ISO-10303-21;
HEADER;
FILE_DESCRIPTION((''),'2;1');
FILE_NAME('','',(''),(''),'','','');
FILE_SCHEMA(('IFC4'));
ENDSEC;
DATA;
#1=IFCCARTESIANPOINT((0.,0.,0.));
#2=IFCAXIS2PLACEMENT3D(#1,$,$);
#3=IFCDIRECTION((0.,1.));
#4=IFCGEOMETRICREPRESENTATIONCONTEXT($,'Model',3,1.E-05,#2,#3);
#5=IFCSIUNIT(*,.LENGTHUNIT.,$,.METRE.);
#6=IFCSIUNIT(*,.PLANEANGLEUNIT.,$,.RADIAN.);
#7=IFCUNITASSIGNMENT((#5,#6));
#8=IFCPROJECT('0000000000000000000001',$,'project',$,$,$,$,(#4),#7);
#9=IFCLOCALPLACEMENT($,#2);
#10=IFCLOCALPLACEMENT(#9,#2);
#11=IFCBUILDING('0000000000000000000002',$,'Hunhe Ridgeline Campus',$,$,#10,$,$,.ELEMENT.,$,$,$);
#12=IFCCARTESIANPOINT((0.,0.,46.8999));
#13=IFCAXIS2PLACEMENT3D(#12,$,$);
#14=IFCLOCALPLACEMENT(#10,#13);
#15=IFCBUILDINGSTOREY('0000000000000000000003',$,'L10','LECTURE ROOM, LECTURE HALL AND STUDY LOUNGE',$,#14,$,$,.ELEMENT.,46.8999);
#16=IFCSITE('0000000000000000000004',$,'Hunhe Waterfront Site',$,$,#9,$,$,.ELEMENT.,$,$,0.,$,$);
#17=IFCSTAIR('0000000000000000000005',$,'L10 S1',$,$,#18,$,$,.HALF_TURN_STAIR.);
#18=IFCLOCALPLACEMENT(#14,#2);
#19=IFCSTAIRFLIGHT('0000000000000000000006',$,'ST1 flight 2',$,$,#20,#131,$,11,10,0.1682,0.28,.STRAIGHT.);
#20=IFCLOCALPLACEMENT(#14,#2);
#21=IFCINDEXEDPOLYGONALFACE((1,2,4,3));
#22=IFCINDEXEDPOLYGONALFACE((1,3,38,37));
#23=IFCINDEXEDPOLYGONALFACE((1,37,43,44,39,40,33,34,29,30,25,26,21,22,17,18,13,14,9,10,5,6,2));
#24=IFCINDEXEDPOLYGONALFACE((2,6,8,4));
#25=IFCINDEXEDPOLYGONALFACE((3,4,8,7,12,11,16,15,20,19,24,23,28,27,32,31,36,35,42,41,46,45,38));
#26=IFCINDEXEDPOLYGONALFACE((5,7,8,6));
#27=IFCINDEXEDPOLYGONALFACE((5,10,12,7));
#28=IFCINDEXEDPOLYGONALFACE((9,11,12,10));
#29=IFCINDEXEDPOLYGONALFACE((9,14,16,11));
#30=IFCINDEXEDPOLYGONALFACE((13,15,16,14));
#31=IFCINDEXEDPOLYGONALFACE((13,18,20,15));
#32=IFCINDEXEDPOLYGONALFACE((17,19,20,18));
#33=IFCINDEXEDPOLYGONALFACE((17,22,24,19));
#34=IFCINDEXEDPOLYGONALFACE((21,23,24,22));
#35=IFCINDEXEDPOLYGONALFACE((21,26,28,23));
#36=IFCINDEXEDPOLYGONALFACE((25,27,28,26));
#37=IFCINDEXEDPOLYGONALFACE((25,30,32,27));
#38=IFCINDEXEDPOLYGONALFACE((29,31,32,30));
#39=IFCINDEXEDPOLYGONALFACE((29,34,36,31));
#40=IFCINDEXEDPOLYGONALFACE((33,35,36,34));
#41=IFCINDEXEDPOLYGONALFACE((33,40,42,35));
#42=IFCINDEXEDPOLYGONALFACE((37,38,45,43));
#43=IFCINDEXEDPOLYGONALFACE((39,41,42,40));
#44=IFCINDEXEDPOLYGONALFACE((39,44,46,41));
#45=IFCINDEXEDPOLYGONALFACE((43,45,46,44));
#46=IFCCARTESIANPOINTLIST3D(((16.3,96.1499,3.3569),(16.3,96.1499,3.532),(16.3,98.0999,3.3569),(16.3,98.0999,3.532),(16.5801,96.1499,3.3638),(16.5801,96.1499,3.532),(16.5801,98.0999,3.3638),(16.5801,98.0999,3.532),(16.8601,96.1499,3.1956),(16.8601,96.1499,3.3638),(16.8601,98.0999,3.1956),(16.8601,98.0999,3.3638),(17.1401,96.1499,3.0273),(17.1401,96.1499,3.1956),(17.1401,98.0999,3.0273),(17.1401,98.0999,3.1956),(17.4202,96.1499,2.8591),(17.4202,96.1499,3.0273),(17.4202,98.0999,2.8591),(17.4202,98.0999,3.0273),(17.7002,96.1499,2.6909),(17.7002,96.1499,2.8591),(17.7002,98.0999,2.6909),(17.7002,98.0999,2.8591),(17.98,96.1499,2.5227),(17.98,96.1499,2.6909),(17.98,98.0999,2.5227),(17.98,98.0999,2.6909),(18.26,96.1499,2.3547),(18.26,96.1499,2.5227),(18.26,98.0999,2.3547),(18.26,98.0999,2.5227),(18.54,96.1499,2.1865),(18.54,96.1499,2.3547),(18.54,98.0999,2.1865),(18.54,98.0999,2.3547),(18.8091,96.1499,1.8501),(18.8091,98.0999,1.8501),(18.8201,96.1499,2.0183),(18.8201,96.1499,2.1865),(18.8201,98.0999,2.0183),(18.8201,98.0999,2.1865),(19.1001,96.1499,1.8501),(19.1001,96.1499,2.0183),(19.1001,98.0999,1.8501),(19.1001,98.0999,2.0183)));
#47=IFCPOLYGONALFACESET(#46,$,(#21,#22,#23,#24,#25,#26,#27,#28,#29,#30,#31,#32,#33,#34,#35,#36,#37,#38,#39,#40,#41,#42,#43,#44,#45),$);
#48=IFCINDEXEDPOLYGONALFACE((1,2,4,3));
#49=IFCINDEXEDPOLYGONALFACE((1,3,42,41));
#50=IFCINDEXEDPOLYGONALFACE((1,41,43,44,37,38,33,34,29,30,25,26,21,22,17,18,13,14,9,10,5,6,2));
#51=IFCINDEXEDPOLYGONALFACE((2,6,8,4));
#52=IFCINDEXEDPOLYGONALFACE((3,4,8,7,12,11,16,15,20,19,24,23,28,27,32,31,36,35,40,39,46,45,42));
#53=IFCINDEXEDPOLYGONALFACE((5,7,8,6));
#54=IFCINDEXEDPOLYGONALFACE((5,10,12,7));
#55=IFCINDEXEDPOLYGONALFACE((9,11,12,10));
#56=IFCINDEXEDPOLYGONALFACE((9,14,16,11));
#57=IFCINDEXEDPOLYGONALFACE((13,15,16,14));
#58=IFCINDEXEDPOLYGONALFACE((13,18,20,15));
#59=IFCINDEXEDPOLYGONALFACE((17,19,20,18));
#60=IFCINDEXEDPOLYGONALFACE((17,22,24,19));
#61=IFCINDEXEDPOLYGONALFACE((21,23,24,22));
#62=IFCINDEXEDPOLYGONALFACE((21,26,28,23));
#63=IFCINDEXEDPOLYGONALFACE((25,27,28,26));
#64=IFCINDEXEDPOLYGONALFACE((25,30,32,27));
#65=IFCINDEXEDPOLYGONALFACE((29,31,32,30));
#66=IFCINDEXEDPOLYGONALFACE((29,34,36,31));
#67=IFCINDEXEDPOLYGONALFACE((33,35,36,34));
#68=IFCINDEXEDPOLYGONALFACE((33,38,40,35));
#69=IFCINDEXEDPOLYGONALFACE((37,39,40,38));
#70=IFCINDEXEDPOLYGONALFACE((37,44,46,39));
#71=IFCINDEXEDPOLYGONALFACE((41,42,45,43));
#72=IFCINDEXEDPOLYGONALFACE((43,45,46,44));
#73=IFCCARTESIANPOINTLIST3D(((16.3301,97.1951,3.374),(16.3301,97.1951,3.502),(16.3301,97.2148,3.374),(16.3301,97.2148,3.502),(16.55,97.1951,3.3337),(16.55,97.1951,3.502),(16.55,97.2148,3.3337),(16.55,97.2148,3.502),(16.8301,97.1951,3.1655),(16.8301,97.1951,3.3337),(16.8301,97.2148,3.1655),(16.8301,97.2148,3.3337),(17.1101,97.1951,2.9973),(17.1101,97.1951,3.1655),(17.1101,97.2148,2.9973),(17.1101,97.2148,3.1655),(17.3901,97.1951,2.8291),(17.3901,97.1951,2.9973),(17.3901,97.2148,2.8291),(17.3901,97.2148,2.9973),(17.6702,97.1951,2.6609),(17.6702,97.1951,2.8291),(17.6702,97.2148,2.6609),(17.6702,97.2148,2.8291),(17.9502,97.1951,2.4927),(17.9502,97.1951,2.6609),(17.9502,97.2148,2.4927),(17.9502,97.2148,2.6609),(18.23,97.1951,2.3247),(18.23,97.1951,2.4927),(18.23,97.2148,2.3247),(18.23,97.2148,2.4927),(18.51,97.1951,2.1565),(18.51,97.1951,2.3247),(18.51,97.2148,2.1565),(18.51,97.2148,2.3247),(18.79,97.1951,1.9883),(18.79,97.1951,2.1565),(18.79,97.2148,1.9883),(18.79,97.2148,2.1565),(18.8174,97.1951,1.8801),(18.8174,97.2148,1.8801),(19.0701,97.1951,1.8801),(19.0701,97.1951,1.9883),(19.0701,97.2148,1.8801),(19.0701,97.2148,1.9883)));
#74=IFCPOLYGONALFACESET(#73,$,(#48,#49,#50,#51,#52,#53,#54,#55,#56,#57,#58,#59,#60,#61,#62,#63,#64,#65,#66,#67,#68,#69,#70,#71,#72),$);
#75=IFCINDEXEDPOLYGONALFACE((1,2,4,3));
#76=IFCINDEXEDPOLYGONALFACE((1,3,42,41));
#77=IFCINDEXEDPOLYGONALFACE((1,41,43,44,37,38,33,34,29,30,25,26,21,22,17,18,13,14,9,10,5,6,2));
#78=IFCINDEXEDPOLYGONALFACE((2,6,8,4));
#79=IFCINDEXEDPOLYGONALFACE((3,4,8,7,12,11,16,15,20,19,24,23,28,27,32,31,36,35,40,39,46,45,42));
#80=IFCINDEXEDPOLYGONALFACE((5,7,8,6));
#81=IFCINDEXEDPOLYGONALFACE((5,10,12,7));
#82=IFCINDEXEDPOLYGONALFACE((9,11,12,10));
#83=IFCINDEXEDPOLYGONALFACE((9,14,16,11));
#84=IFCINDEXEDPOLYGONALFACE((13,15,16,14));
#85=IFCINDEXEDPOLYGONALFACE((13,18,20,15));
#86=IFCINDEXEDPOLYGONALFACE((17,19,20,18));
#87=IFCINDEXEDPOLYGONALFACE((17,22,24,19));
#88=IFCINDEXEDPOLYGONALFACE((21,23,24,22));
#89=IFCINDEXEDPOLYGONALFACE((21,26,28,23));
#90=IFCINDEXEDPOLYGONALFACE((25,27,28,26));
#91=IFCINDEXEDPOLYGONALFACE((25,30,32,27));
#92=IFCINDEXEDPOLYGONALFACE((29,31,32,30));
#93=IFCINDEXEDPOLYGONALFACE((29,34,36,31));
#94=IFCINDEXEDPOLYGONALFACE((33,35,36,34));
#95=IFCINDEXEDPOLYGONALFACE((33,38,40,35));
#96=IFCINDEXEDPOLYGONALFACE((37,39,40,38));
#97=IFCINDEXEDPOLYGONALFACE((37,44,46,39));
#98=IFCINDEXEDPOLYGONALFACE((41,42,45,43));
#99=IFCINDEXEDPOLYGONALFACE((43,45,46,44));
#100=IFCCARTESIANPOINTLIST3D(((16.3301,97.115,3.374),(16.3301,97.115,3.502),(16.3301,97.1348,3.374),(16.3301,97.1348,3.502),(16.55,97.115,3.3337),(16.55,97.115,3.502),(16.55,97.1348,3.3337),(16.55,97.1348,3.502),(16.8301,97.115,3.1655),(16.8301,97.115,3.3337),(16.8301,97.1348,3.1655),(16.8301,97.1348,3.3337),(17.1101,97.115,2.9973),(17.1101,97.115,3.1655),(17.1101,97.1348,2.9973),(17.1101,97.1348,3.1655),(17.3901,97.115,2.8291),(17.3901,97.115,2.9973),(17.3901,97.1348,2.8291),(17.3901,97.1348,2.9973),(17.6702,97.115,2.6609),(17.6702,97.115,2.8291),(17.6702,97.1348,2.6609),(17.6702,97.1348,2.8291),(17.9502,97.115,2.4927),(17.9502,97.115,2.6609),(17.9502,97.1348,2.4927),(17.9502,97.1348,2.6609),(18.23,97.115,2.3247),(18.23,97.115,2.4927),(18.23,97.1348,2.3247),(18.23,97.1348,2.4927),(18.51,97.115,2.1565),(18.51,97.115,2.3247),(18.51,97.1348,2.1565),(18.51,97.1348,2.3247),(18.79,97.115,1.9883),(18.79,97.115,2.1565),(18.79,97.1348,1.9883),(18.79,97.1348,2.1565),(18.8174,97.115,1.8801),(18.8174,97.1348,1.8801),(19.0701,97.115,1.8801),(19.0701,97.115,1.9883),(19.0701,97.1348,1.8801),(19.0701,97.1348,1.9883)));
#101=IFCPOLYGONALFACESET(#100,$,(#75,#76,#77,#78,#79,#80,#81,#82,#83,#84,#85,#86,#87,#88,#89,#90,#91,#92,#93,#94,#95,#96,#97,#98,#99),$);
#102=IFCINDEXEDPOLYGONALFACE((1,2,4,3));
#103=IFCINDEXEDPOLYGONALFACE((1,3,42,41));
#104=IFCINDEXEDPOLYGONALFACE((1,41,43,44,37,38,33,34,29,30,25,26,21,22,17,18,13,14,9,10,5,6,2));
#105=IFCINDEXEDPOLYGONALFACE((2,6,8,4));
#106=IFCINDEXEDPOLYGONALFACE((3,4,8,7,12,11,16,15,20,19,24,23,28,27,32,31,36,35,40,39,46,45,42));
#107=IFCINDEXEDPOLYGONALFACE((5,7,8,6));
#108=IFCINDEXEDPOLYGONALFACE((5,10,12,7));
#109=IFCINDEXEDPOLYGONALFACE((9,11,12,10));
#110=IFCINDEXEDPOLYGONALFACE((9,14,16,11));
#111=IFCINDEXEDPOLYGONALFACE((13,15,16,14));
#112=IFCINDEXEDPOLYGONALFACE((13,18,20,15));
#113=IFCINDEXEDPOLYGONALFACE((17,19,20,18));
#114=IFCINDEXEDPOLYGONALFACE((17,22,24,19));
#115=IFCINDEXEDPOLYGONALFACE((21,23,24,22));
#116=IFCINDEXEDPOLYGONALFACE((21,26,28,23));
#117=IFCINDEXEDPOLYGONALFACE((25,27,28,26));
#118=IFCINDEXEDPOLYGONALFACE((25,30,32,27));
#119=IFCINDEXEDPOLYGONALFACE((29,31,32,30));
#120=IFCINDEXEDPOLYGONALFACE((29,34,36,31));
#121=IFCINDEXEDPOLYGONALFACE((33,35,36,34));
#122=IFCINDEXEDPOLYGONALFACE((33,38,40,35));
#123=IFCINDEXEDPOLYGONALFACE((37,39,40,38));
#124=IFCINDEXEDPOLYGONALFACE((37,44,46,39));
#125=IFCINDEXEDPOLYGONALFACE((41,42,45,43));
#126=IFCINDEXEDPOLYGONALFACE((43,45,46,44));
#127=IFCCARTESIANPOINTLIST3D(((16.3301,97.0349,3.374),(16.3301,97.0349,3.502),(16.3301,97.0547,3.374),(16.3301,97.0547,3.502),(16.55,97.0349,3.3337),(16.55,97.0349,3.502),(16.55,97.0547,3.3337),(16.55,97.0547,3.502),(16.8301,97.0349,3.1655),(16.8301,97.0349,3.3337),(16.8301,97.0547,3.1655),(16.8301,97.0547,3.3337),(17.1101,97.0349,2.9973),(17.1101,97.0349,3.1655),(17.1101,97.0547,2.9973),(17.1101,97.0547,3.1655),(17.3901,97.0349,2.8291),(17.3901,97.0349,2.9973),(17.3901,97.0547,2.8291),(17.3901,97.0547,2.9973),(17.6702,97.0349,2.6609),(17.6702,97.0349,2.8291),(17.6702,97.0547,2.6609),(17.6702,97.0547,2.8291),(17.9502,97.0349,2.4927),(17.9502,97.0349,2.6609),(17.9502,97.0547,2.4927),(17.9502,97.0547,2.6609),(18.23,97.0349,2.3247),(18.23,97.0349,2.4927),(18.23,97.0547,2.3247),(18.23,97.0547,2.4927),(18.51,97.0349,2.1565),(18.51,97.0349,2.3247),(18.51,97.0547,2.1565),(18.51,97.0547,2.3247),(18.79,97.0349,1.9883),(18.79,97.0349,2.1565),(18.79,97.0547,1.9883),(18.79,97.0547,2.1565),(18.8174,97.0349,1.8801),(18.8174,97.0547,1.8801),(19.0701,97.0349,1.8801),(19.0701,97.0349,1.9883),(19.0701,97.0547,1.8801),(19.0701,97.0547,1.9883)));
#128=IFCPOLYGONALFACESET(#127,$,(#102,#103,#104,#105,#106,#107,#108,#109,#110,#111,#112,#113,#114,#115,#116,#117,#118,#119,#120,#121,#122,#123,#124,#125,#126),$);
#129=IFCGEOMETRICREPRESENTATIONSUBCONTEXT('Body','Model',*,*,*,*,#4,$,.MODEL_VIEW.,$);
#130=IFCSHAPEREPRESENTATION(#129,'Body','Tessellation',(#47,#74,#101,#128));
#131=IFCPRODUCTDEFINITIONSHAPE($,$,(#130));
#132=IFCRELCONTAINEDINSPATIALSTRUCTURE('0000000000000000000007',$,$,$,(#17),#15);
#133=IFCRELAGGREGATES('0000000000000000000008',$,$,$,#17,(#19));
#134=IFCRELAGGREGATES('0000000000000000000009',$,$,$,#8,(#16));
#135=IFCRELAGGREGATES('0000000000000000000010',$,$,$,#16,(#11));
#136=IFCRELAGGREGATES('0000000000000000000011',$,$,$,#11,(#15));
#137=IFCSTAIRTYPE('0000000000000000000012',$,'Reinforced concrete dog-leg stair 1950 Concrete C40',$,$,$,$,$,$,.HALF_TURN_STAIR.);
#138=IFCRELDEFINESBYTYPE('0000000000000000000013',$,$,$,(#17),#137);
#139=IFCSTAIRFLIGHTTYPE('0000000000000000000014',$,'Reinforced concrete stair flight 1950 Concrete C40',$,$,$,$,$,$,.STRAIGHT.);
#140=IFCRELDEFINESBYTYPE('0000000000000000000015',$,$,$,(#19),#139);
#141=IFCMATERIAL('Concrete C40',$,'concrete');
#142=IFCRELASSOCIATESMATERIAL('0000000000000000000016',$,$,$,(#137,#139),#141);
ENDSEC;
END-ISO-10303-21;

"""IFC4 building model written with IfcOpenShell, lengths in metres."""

from ifc_helpers import new_model, si_unit, direction, frame, origin, place, context, subcontext, project, spatial, polyline, outline, extrude, material, type_object, element, aggregate, save


model = new_model("IFC4")

# Units and contexts
model_context = context("Model", 3, precision=1e-05, world=origin(), true_north=direction((0.0, 1.0)))
body_context = subcontext(model_context, "Body", "Model", "MODEL_VIEW")
ifc_project = project(units=[si_unit("LENGTHUNIT", "METRE"), si_unit("PLANEANGLEUNIT", "RADIAN")], contexts=[model_context])

# Site, building, storey
site_placement = place(None, origin())
site = spatial("IfcSite", under=ifc_project, at=site_placement, Name="Hunhe Waterfront Site", CompositionType="ELEMENT", RefElevation=0.0)
building_placement = place(site_placement, origin())
building = spatial("IfcBuilding", under=site, at=building_placement, Name="Hunhe Ridgeline Campus", CompositionType="ELEMENT")
storey_placement = place(building_placement, frame((0.0, 0.0, 46.8999)))
storey = spatial("IfcBuildingStorey", under=building, at=storey_placement, Name="L10", Description="LECTURE ROOM, LECTURE HALL AND STUDY LOUNGE", CompositionType="ELEMENT", Elevation=46.8999)

# Stair, stair flight
ifc_material_1 = material(Name="Concrete C40", Category="concrete")
stair_type = type_object("IfcStairType", Name="Reinforced concrete dog-leg stair 1950 Concrete C40", PredefinedType="HALF_TURN_STAIR", material=ifc_material_1)
stair_placement = place(storey_placement, origin())
stair = element("IfcStair", 1, at=stair_placement, inside=storey, type_object=stair_type, Name="L10 S1", PredefinedType="HALF_TURN_STAIR")
stair_flight_type = type_object("IfcStairFlightType", Name="Reinforced concrete stair flight 1950 Concrete C40", PredefinedType="STRAIGHT", material=ifc_material_1)
stair_flight_1_placement = place(storey_placement, frame((19.1001, 97.125, 1.8501), z_axis=(0.0, 0.0, 1.0), x_axis=(-1.0, 0.0, 0.0)))
stair_flight_1 = element("IfcStairFlight", 2, at=stair_flight_1_placement, type_object=stair_flight_type, Name="ST1 flight 2", NumberOfRisers=11, NumberOfTreads=10, PredefinedType="STRAIGHT", RiserHeight=0.1682, TreadLength=0.28, context=body_context, shape_type="SweptSolid", body=[
    extrude(outline(polyline([(0.0, 0.0), (0.0, 0.1682), (0.28, 0.1682), (0.28, 0.3364), (0.5601, 0.3364), (0.5601, 0.5046), (0.8401, 0.5046), (0.8401, 0.6726), (1.1201, 0.6726), (1.1201, 0.8408), (1.3999, 0.8408), (1.3999, 1.009), (1.6799, 1.009), (1.6799, 1.1772), (1.96, 1.1772), (1.96, 1.3455), (2.24, 1.3455), (2.24, 1.5137), (2.52, 1.5137), (2.52, 1.6819), (2.8, 1.6819), (2.8, 1.8501), (2.8, 1.5068), (0.291, 0.0), (0.0, 0.0)])), frame((0.0, 0.9751, 0.0), z_axis=(0.0, -1.0, 0.0), x_axis=(1.0, 0.0, 0.0)), (0.0, 0.0, 1.0), 1.95),
    extrude(outline(polyline([(0.03, 0.03), (0.03, 0.1382), (0.3101, 0.1382), (0.3101, 0.3064), (0.5901, 0.3064), (0.5901, 0.4746), (0.8701, 0.4746), (0.8701, 0.6426), (1.1499, 0.6426), (1.1499, 0.8108), (1.4299, 0.8108), (1.4299, 0.979), (1.71, 0.979), (1.71, 1.1472), (1.99, 1.1472), (1.99, 1.3154), (2.27, 1.3154), (2.27, 1.4836), (2.55, 1.4836), (2.55, 1.6519), (2.77, 1.6519), (2.77, 1.5239), (0.2827, 0.03), (0.03, 0.03)])), frame((0.0, -0.0701, 0.0), z_axis=(0.0, -1.0, 0.0), x_axis=(1.0, 0.0, 0.0)), (0.0, 0.0, 1.0), 0.0198),
    extrude(outline(polyline([(0.03, 0.03), (0.03, 0.1382), (0.3101, 0.1382), (0.3101, 0.3064), (0.5901, 0.3064), (0.5901, 0.4746), (0.8701, 0.4746), (0.8701, 0.6426), (1.1499, 0.6426), (1.1499, 0.8108), (1.4299, 0.8108), (1.4299, 0.979), (1.71, 0.979), (1.71, 1.1472), (1.99, 1.1472), (1.99, 1.3154), (2.27, 1.3154), (2.27, 1.4836), (2.55, 1.4836), (2.55, 1.6519), (2.77, 1.6519), (2.77, 1.5239), (0.2827, 0.03), (0.03, 0.03)])), frame((0.0, 0.01, 0.0), z_axis=(0.0, -1.0, 0.0), x_axis=(1.0, 0.0, 0.0)), (0.0, 0.0, 1.0), 0.0198),
    extrude(outline(polyline([(0.03, 0.03), (0.03, 0.1382), (0.3101, 0.1382), (0.3101, 0.3064), (0.5901, 0.3064), (0.5901, 0.4746), (0.8701, 0.4746), (0.8701, 0.6426), (1.1499, 0.6426), (1.1499, 0.8108), (1.4299, 0.8108), (1.4299, 0.979), (1.71, 0.979), (1.71, 1.1472), (1.99, 1.1472), (1.99, 1.3154), (2.27, 1.3154), (2.27, 1.4836), (2.55, 1.4836), (2.55, 1.6519), (2.77, 1.6519), (2.77, 1.5239), (0.2827, 0.03), (0.03, 0.03)])), frame((0.0, 0.0901, 0.0), z_axis=(0.0, -1.0, 0.0), x_axis=(1.0, 0.0, 0.0)), (0.0, 0.0, 1.0), 0.0198),
])
aggregate(stair, [stair_flight_1])

save(model, "model.ifc")
